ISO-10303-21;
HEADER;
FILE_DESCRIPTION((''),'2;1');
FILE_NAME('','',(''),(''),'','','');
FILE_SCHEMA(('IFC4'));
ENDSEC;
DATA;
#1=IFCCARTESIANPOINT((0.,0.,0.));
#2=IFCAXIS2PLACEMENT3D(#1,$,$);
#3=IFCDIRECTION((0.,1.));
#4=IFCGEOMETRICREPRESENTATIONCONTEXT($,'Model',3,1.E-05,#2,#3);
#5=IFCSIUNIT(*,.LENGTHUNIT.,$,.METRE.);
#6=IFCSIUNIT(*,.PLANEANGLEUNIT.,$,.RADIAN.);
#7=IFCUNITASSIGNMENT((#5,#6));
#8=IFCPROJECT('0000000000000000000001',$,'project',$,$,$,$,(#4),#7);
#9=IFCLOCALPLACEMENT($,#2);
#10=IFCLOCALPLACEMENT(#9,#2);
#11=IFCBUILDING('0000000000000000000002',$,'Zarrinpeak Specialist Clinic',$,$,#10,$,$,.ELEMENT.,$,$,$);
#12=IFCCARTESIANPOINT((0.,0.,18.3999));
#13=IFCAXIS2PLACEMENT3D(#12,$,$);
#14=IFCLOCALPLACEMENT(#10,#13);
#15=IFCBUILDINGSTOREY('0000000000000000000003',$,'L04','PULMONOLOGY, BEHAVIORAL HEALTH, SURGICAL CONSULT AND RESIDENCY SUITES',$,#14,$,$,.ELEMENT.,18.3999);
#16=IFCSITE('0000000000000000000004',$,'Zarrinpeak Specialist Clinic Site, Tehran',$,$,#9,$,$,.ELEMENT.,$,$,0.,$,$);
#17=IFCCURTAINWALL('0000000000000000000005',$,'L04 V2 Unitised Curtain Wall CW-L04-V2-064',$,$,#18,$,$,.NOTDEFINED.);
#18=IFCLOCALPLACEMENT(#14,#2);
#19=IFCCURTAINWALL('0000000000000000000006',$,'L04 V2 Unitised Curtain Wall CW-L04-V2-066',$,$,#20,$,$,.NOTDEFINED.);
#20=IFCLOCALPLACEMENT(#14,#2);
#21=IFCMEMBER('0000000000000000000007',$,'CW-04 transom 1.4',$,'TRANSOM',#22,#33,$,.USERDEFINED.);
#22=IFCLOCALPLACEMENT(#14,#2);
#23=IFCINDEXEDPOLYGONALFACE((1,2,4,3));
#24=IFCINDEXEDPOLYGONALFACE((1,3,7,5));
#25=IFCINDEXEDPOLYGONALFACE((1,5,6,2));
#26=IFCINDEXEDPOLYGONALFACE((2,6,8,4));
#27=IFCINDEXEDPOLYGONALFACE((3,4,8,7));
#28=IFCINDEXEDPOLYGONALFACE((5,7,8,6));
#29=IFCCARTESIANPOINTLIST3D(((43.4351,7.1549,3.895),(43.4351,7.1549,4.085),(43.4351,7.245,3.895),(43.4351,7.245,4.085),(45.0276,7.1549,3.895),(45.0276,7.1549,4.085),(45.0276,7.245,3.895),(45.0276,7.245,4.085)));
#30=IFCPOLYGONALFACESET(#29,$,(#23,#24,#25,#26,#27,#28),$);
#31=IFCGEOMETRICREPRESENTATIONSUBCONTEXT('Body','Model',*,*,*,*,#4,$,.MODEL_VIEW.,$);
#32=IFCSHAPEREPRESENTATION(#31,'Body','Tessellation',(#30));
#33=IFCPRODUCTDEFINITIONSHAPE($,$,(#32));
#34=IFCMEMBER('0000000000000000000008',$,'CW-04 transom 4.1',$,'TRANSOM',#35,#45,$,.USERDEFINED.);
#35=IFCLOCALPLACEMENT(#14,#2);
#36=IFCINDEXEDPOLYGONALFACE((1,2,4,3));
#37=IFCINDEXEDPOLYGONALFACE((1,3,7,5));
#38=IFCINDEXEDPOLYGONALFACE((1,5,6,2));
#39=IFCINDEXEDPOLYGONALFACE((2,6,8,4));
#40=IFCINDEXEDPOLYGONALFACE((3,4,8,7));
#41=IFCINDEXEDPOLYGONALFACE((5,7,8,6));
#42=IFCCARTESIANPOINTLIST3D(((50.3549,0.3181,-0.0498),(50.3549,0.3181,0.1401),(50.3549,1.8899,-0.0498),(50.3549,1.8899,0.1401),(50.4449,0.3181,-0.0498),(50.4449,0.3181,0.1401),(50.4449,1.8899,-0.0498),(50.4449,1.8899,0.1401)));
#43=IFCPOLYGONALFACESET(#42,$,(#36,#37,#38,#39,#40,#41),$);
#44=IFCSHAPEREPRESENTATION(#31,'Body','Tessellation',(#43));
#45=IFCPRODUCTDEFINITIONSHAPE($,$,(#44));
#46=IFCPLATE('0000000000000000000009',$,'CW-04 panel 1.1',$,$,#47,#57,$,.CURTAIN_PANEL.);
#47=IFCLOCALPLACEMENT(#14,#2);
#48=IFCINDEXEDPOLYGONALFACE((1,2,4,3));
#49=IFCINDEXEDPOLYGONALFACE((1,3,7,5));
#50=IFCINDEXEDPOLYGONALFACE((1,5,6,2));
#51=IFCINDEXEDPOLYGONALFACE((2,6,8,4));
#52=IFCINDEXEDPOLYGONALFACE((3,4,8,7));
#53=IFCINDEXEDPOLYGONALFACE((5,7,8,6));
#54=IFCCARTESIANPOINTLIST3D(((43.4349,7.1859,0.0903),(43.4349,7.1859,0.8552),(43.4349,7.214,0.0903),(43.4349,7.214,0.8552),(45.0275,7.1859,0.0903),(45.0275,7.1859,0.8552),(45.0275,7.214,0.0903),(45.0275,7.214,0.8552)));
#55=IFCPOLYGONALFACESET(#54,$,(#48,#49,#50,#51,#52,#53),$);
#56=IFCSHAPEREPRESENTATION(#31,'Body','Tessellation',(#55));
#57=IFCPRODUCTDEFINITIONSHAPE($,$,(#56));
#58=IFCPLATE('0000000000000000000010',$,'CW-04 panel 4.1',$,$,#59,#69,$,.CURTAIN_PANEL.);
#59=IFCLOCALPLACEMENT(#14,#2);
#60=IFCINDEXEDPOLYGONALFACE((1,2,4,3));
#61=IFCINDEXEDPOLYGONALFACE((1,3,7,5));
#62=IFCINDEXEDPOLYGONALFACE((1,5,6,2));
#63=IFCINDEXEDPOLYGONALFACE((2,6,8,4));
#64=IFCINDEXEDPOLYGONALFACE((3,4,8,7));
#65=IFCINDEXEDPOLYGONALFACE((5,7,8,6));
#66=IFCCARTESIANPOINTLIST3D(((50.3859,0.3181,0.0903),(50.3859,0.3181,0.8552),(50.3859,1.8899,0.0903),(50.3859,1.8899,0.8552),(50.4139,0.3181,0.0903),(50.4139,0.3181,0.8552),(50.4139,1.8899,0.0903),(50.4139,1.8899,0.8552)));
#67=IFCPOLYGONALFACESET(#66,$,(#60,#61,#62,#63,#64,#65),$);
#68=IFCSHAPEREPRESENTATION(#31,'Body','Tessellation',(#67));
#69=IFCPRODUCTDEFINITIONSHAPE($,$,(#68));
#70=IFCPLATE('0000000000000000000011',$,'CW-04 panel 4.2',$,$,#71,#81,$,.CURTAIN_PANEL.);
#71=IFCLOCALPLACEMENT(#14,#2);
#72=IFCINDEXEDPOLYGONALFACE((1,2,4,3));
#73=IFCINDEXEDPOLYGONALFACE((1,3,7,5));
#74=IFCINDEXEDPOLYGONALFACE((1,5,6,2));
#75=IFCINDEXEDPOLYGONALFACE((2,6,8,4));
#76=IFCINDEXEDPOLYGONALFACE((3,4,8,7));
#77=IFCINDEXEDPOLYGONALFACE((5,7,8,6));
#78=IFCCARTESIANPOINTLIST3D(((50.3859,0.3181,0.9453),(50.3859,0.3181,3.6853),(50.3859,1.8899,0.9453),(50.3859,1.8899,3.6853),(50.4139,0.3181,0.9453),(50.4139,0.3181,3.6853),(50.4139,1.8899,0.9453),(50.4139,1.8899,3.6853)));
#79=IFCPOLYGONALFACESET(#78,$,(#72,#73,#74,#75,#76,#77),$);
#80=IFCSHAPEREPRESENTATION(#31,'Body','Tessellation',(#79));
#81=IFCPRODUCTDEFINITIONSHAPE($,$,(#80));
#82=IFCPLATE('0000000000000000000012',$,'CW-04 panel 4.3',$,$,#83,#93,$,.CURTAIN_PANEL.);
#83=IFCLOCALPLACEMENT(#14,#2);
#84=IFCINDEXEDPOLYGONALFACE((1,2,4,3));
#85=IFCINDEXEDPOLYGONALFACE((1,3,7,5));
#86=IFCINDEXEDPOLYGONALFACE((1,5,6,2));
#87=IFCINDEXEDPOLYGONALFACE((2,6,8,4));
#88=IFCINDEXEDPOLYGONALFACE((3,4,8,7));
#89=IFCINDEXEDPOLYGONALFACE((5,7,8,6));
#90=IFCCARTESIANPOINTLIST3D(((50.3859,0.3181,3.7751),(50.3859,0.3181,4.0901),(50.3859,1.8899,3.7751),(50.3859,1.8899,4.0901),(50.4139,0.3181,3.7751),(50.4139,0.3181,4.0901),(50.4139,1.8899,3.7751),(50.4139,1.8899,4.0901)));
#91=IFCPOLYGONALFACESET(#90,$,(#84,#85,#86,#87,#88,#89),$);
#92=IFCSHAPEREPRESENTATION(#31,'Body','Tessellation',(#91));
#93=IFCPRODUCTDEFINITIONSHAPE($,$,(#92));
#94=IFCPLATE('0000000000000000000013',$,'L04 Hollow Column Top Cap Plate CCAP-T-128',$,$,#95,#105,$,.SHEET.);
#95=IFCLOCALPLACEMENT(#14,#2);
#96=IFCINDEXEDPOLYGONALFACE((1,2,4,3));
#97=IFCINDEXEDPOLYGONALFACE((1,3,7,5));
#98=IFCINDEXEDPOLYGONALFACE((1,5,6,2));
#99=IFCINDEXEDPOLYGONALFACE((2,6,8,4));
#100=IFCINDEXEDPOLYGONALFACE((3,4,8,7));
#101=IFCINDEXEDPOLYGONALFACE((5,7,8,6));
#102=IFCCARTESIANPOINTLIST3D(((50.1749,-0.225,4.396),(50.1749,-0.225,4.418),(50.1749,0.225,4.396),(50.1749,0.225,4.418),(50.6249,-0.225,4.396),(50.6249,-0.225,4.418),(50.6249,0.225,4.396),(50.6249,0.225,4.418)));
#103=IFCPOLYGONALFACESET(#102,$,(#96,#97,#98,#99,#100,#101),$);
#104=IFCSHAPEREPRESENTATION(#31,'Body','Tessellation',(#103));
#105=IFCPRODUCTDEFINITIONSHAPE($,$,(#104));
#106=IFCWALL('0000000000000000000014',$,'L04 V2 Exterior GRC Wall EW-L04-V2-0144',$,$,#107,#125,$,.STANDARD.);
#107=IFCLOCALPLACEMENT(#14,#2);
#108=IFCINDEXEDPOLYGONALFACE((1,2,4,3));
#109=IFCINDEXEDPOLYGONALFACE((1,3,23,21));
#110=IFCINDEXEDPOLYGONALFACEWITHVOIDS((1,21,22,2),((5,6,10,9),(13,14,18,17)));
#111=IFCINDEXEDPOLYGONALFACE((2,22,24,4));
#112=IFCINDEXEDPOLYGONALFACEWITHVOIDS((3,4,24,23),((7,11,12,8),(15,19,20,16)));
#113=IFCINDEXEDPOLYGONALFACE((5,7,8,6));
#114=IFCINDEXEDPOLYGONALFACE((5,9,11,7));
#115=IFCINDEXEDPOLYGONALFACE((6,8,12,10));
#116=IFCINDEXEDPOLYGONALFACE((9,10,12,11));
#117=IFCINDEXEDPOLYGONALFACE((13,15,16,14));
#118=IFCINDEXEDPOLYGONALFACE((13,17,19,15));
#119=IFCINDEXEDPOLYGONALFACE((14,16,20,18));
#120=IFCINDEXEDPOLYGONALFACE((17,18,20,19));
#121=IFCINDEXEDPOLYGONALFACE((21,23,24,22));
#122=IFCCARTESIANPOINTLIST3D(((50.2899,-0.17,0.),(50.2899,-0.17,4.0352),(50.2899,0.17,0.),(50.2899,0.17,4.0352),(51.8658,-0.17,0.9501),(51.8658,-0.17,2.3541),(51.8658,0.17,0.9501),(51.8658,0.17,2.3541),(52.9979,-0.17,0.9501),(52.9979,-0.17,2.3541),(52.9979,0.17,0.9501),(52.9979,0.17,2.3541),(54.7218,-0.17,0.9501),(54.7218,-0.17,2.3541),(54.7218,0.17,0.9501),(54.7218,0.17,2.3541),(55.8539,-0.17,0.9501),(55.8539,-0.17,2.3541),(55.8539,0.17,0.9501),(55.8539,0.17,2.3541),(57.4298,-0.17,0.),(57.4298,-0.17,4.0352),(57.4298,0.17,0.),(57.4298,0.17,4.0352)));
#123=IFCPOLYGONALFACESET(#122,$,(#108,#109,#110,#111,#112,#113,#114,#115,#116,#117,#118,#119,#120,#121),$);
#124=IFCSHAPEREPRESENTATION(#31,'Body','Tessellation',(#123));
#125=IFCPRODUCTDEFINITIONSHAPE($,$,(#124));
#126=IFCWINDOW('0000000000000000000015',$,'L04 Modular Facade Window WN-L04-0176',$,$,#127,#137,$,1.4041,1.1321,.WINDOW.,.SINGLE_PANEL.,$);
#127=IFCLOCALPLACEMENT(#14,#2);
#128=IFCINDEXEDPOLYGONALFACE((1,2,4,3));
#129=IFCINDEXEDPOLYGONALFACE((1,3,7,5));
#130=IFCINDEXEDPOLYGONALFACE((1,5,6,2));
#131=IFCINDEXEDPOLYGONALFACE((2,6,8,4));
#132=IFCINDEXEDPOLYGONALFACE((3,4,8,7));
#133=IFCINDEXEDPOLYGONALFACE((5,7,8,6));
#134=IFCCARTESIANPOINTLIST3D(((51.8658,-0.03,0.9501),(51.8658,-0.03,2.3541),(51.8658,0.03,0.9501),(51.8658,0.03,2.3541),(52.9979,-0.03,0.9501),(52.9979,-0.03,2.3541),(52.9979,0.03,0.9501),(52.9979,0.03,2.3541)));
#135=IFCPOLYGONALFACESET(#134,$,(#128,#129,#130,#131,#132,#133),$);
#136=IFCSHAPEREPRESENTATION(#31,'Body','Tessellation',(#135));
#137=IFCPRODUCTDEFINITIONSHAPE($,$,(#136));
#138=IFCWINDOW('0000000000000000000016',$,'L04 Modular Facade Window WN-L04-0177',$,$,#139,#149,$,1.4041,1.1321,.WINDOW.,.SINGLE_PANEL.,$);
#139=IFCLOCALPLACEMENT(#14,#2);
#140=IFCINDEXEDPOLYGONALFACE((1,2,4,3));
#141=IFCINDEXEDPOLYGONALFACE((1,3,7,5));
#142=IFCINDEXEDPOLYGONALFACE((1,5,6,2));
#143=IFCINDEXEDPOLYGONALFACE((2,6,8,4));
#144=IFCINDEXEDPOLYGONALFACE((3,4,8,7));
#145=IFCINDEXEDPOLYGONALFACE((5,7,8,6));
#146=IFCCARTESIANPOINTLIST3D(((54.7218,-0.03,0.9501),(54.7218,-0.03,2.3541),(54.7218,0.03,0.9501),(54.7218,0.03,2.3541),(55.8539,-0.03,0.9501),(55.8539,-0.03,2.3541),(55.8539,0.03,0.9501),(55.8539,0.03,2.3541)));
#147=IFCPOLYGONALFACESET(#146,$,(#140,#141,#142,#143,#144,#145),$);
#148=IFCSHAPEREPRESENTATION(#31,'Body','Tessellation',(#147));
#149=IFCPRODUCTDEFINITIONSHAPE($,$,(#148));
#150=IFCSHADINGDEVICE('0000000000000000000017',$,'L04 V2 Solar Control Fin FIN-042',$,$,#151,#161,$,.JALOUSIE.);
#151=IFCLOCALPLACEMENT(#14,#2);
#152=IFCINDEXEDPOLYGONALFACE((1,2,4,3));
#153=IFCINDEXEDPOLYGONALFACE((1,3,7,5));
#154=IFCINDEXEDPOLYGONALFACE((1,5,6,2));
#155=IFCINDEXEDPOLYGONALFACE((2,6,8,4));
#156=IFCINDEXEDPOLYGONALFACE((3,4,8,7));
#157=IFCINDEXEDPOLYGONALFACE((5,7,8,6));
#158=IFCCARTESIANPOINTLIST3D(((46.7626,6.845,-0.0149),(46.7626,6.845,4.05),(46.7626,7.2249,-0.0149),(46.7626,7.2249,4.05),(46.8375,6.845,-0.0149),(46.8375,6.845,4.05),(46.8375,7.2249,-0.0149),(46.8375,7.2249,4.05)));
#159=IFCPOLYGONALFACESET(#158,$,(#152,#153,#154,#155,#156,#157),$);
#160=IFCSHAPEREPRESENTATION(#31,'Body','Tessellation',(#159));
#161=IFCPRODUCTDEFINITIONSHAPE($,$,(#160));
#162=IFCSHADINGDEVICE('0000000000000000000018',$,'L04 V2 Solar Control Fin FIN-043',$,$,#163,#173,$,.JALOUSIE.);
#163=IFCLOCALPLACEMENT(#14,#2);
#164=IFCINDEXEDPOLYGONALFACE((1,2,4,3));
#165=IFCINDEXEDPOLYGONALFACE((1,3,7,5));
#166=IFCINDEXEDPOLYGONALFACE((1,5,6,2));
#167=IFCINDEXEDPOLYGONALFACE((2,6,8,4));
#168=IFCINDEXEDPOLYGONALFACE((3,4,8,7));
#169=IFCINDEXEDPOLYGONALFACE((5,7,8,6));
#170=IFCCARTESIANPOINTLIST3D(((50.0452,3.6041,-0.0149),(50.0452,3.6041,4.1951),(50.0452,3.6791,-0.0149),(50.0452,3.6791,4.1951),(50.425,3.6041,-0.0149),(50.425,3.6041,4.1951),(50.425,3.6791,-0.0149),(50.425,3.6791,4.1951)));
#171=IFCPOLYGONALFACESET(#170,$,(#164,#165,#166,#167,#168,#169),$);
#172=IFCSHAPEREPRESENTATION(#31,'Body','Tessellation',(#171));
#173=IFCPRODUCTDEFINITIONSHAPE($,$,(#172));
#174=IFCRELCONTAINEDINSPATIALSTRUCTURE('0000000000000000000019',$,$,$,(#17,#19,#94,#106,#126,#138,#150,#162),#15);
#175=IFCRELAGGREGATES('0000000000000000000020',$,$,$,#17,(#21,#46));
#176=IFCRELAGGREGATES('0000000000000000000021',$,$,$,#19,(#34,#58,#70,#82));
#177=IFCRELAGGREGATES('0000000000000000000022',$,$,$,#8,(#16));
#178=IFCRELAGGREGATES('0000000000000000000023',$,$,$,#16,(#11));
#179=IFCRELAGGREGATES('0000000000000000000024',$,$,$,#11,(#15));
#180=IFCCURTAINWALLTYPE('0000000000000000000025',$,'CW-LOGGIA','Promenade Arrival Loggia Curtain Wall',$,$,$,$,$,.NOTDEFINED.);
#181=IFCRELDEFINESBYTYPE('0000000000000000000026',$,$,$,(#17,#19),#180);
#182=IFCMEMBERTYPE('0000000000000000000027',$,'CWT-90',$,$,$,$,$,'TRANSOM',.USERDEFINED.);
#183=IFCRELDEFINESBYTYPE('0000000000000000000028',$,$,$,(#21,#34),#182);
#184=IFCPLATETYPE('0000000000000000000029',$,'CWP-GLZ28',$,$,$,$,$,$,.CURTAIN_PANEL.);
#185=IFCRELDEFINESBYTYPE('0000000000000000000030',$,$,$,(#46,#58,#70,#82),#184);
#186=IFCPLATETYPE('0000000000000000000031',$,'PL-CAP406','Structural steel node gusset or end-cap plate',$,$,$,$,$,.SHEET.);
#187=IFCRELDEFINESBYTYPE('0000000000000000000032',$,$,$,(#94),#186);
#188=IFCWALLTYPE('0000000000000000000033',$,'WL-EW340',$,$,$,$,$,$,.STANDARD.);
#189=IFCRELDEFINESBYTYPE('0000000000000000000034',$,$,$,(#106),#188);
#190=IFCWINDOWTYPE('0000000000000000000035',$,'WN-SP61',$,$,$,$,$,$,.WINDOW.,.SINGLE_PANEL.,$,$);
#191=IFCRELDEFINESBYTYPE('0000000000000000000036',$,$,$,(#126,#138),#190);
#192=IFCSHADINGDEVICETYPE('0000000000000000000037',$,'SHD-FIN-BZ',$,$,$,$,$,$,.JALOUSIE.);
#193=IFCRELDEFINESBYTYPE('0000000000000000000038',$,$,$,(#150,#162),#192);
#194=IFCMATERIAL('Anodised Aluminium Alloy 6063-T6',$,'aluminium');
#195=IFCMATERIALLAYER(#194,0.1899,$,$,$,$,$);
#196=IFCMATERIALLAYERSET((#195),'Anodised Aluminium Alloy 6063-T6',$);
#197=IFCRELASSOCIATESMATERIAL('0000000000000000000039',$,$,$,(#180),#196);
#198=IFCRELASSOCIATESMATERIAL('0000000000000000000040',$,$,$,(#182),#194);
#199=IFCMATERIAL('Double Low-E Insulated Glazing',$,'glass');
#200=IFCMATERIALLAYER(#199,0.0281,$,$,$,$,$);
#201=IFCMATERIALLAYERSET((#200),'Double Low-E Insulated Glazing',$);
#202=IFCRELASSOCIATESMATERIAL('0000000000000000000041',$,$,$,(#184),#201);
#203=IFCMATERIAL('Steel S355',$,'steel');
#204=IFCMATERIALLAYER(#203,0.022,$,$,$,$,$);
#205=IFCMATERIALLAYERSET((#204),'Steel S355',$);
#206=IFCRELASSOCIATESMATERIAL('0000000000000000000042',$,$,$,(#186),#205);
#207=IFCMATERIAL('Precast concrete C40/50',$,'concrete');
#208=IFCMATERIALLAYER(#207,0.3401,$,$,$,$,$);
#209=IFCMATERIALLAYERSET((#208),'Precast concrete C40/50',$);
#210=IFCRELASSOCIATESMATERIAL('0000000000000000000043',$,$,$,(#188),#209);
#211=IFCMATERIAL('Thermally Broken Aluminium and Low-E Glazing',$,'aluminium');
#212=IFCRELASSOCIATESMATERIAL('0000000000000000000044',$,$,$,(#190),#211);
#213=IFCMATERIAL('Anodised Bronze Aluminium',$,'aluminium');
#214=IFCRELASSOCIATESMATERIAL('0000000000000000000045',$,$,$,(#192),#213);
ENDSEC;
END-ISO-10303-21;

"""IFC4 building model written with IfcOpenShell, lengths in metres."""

from ifc_helpers import new_model, si_unit, direction, frame, frame_2d, origin, origin_2d, place, context, subcontext, project, spatial, rectangle, extrude, material, layer, layer_set, material_profile, profile_set, type_object, element, fill, aggregate, save


model = new_model("IFC4")

# Units and contexts
model_context = context("Model", 3, precision=1e-05, world=origin(), true_north=direction((0.0, 1.0)))
body_context = subcontext(model_context, "Body", "Model", "MODEL_VIEW")
ifc_project = project(units=[si_unit("LENGTHUNIT", "METRE"), si_unit("PLANEANGLEUNIT", "RADIAN")], contexts=[model_context])

# Site, building, storey
site_placement = place(None, origin())
site = spatial("IfcSite", under=ifc_project, at=site_placement, Name="Zarrinpeak Specialist Clinic Site, Tehran", CompositionType="ELEMENT", RefElevation=0.0)
building_placement = place(site_placement, origin())
building = spatial("IfcBuilding", under=site, at=building_placement, Name="Zarrinpeak Specialist Clinic", CompositionType="ELEMENT")
storey_placement = place(building_placement, frame((0.0, 0.0, 18.3999)))
storey = spatial("IfcBuildingStorey", under=building, at=storey_placement, Name="L04", Description="PULMONOLOGY, BEHAVIORAL HEALTH, SURGICAL CONSULT AND RESIDENCY SUITES", CompositionType="ELEMENT", Elevation=18.3999)

# Shared definitions
ifc_material_1 = material(Name="Steel S355", Category="steel")

# Curtain walls
ifc_material_2 = material(Name="Anodised Aluminium Alloy 6063-T6", Category="aluminium")
ifc_layer_1 = layer(ifc_material_2, 0.1899)
ifc_layer_set_1 = layer_set([ifc_layer_1], Name="Anodised Aluminium Alloy 6063-T6")
curtain_wall_type = type_object("IfcCurtainWallType", Name="CW-LOGGIA", Description="Promenade Arrival Loggia Curtain Wall", PredefinedType="NOTDEFINED", material=ifc_layer_set_1)
curtain_wall_1_placement = place(storey_placement, origin())
curtain_wall_1 = element("IfcCurtainWall", 1, at=curtain_wall_1_placement, inside=storey, type_object=curtain_wall_type, Name="L04 V2 Unitised Curtain Wall CW-L04-V2-064", PredefinedType="NOTDEFINED")
curtain_wall_2_placement = place(storey_placement, origin())
curtain_wall_2 = element("IfcCurtainWall", 2, at=curtain_wall_2_placement, inside=storey, type_object=curtain_wall_type, Name="L04 V2 Unitised Curtain Wall CW-L04-V2-066", PredefinedType="NOTDEFINED")

# Members
ifc_material_profile_1 = material_profile(ifc_material_2, rectangle(XDim=0.0901, YDim=0.1899, at=origin_2d()), Name="ALU 90x190")
ifc_profile_set_1 = profile_set([ifc_material_profile_1], Name="Anodised Aluminium Alloy 6063-T6")
member_type_1 = type_object("IfcMemberType", Name="CWT-90", ElementType="TRANSOM", PredefinedType="USERDEFINED", material=ifc_profile_set_1)
member_1_placement = place(storey_placement, frame((43.4351, 7.2, 3.99), z_axis=(1.0, 0.0, 0.0), x_axis=(0.0, 1.0, 0.0)))
member_1 = element("IfcMember", 3, at=member_1_placement, type_object=member_type_1, Name="CW-04 transom 1.4", ObjectType="TRANSOM", PredefinedType="USERDEFINED", context=body_context, shape_type="SweptSolid", body=[
    extrude(rectangle(XDim=0.0901, YDim=0.1899, at=origin_2d()), origin(), (0.0, 0.0, 1.0), 1.5925),
])
member_2_placement = place(storey_placement, frame((50.3999, 1.8899, 0.0452), z_axis=(0.0, -1.0, 0.0), x_axis=(1.0, 0.0, 0.0)))
member_2 = element("IfcMember", 4, at=member_2_placement, type_object=member_type_1, Name="CW-04 transom 4.1", ObjectType="TRANSOM", PredefinedType="USERDEFINED", context=body_context, shape_type="SweptSolid", body=[
    extrude(rectangle(XDim=0.0901, YDim=0.1899, at=origin_2d()), origin(), (0.0, 0.0, 1.0), 1.5718),
])

# Plates
ifc_material_3 = material(Name="Double Low-E Insulated Glazing", Category="glass")
ifc_layer_2 = layer(ifc_material_3, 0.0281)
ifc_layer_set_2 = layer_set([ifc_layer_2], Name="Double Low-E Insulated Glazing")
plate_type_1 = type_object("IfcPlateType", Name="CWP-GLZ28", PredefinedType="CURTAIN_PANEL", material=ifc_layer_set_2)
plate_1_placement = place(storey_placement, frame((44.2312, 7.2, 0.0903), z_axis=(0.0, 0.0, 1.0), x_axis=(1.0, 0.0, 0.0)))
plate_1 = element("IfcPlate", 5, at=plate_1_placement, type_object=plate_type_1, Name="CW-04 panel 1.1", PredefinedType="CURTAIN_PANEL", context=body_context, shape_type="SweptSolid", body=[
    extrude(rectangle(XDim=1.5925, YDim=0.0281, at=origin_2d()), origin(), (0.0, 0.0, 1.0), 0.7649),
])
aggregate(curtain_wall_1, [member_1, plate_1])
plate_2_placement = place(storey_placement, frame((50.3999, 1.104, 0.0903), z_axis=(0.0, 0.0, 1.0), x_axis=(0.0, -1.0, 0.0)))
plate_2 = element("IfcPlate", 6, at=plate_2_placement, type_object=plate_type_1, Name="CW-04 panel 4.1", PredefinedType="CURTAIN_PANEL", context=body_context, shape_type="SweptSolid", body=[
    extrude(rectangle(XDim=1.5718, YDim=0.0281, at=origin_2d()), origin(), (0.0, 0.0, 1.0), 0.7649),
])
plate_3_placement = place(storey_placement, frame((50.3999, 1.104, 0.9453), z_axis=(0.0, 0.0, 1.0), x_axis=(0.0, -1.0, 0.0)))
plate_3 = element("IfcPlate", 7, at=plate_3_placement, type_object=plate_type_1, Name="CW-04 panel 4.2", PredefinedType="CURTAIN_PANEL", context=body_context, shape_type="SweptSolid", body=[
    extrude(rectangle(XDim=1.5718, YDim=0.0281, at=origin_2d()), origin(), (0.0, 0.0, 1.0), 2.74),
])
plate_4_placement = place(storey_placement, frame((50.3999, 1.104, 3.7751), z_axis=(0.0, 0.0, 1.0), x_axis=(0.0, -1.0, 0.0)))
plate_4 = element("IfcPlate", 8, at=plate_4_placement, type_object=plate_type_1, Name="CW-04 panel 4.3", PredefinedType="CURTAIN_PANEL", context=body_context, shape_type="SweptSolid", body=[
    extrude(rectangle(XDim=1.5718, YDim=0.0281, at=origin_2d()), origin(), (0.0, 0.0, 1.0), 0.3149),
])
aggregate(curtain_wall_2, [member_2, plate_2, plate_3, plate_4])
ifc_layer_3 = layer(ifc_material_1, 0.022)
ifc_layer_set_3 = layer_set([ifc_layer_3], Name="Steel S355")
plate_type_2 = type_object("IfcPlateType", Name="PL-CAP406", Description="Structural steel node gusset or end-cap plate", PredefinedType="SHEET", material=ifc_layer_set_3)
plate_5_placement = place(storey_placement, frame((50.3999, 0.0, 4.396), z_axis=(0.0, 0.0, 1.0), x_axis=(1.0, 0.0, 0.0)))
element("IfcPlate", 9, at=plate_5_placement, inside=storey, type_object=plate_type_2, Name="L04 Hollow Column Top Cap Plate CCAP-T-128", PredefinedType="SHEET", context=body_context, shape_type="SweptSolid", body=[
    extrude(rectangle(XDim=0.45, YDim=0.45, at=origin_2d()), origin(), (0.0, 0.0, 1.0), 0.022),
])

# Wall, openings, windows
ifc_material_4 = material(Name="Precast concrete C40/50", Category="concrete")
ifc_layer_4 = layer(ifc_material_4, 0.3401)
ifc_layer_set_4 = layer_set([ifc_layer_4], Name="Precast concrete C40/50")
wall_type = type_object("IfcWallType", Name="WL-EW340", PredefinedType="STANDARD", material=ifc_layer_set_4)
wall_placement = place(storey_placement, frame((50.29, 0.0, 0.0), z_axis=(0.0, 0.0, 1.0), x_axis=(1.0, 0.0, 0.0)))
wall = element("IfcWall", 10, at=wall_placement, inside=storey, type_object=wall_type, Name="L04 V2 Exterior GRC Wall EW-L04-V2-0144", PredefinedType="STANDARD", context=body_context, shape_type="SweptSolid", body=[
    extrude(rectangle(XDim=7.1399, YDim=0.3401, at=frame_2d((3.5698, 0.0))), origin(), (0.0, 0.0, 1.0), 4.0352),
])
opening_1_placement = place(wall_placement, frame((1.5759, 0.0, 0.95)))
opening_1 = element("IfcOpeningElement", 11, at=opening_1_placement, cuts=wall, PredefinedType="OPENING", context=body_context, shape_type="SweptSolid", body=[
    extrude(rectangle(XDim=1.1321, YDim=1.4041, at=frame_2d((0.5659, 0.7021))), frame((0.0, 0.1802, 0.0), z_axis=(0.0, -1.0, 0.0), x_axis=(1.0, 0.0, 0.0)), (0.0, 0.0, 1.0), 0.3601),
])
opening_2_placement = place(wall_placement, frame((4.4319, 0.0, 0.95)))
opening_2 = element("IfcOpeningElement", 12, at=opening_2_placement, cuts=wall, PredefinedType="OPENING", context=body_context, shape_type="SweptSolid", body=[
    extrude(rectangle(XDim=1.1321, YDim=1.4041, at=frame_2d((0.5659, 0.7021))), frame((0.0, 0.1802, 0.0), z_axis=(0.0, -1.0, 0.0), x_axis=(1.0, 0.0, 0.0)), (0.0, 0.0, 1.0), 0.3601),
])
ifc_material_5 = material(Name="Thermally Broken Aluminium and Low-E Glazing", Category="aluminium")
window_type = type_object("IfcWindowType", Name="WN-SP61", PartitioningType="SINGLE_PANEL", PredefinedType="WINDOW", material=ifc_material_5)
window_1_placement = place(opening_1_placement, origin())
window_1 = element("IfcWindow", 13, at=window_1_placement, inside=storey, type_object=window_type, Name="L04 Modular Facade Window WN-L04-0176", OverallHeight=1.4041, OverallWidth=1.1321, PartitioningType="SINGLE_PANEL", PredefinedType="WINDOW", context=body_context, shape_type="SweptSolid", body=[
    extrude(rectangle(XDim=1.1321, YDim=1.4041, at=frame_2d((0.5659, 0.7021))), frame((0.0, 0.03, 0.0), z_axis=(0.0, -1.0, 0.0), x_axis=(1.0, 0.0, 0.0)), (0.0, 0.0, 1.0), 0.0601),
])
fill(opening_1, window_1)
window_2_placement = place(opening_2_placement, origin())
window_2 = element("IfcWindow", 14, at=window_2_placement, inside=storey, type_object=window_type, Name="L04 Modular Facade Window WN-L04-0177", OverallHeight=1.4041, OverallWidth=1.1321, PartitioningType="SINGLE_PANEL", PredefinedType="WINDOW", context=body_context, shape_type="SweptSolid", body=[
    extrude(rectangle(XDim=1.1321, YDim=1.4041, at=frame_2d((0.5659, 0.7021))), frame((0.0, 0.03, 0.0), z_axis=(0.0, -1.0, 0.0), x_axis=(1.0, 0.0, 0.0)), (0.0, 0.0, 1.0), 0.0601),
])
fill(opening_2, window_2)

# Shading devices
ifc_material_6 = material(Name="Anodised Bronze Aluminium", Category="aluminium")
shading_device_type = type_object("IfcShadingDeviceType", Name="SHD-FIN-BZ", PredefinedType="JALOUSIE", material=ifc_material_6)
shading_device_1_placement = place(storey_placement, frame((46.8, 7.0349, -0.0149), z_axis=(0.0, 0.0, 1.0), x_axis=(1.0, 0.0, 0.0)))
element("IfcShadingDevice", 15, at=shading_device_1_placement, inside=storey, type_object=shading_device_type, Name="L04 V2 Solar Control Fin FIN-042", PredefinedType="JALOUSIE", context=body_context, shape_type="SweptSolid", body=[
    extrude(rectangle(XDim=0.075, YDim=0.3799, at=origin_2d()), origin(), (0.0, 0.0, 1.0), 4.0649),
])
shading_device_2_placement = place(storey_placement, frame((50.2351, 3.6416, -0.0149), z_axis=(0.0, 0.0, 1.0), x_axis=(1.0, 0.0, 0.0)))
element("IfcShadingDevice", 16, at=shading_device_2_placement, inside=storey, type_object=shading_device_type, Name="L04 V2 Solar Control Fin FIN-043", PredefinedType="JALOUSIE", context=body_context, shape_type="SweptSolid", body=[
    extrude(rectangle(XDim=0.3799, YDim=0.075, at=origin_2d()), origin(), (0.0, 0.0, 1.0), 4.21),
])

save(model, "model.ifc")
